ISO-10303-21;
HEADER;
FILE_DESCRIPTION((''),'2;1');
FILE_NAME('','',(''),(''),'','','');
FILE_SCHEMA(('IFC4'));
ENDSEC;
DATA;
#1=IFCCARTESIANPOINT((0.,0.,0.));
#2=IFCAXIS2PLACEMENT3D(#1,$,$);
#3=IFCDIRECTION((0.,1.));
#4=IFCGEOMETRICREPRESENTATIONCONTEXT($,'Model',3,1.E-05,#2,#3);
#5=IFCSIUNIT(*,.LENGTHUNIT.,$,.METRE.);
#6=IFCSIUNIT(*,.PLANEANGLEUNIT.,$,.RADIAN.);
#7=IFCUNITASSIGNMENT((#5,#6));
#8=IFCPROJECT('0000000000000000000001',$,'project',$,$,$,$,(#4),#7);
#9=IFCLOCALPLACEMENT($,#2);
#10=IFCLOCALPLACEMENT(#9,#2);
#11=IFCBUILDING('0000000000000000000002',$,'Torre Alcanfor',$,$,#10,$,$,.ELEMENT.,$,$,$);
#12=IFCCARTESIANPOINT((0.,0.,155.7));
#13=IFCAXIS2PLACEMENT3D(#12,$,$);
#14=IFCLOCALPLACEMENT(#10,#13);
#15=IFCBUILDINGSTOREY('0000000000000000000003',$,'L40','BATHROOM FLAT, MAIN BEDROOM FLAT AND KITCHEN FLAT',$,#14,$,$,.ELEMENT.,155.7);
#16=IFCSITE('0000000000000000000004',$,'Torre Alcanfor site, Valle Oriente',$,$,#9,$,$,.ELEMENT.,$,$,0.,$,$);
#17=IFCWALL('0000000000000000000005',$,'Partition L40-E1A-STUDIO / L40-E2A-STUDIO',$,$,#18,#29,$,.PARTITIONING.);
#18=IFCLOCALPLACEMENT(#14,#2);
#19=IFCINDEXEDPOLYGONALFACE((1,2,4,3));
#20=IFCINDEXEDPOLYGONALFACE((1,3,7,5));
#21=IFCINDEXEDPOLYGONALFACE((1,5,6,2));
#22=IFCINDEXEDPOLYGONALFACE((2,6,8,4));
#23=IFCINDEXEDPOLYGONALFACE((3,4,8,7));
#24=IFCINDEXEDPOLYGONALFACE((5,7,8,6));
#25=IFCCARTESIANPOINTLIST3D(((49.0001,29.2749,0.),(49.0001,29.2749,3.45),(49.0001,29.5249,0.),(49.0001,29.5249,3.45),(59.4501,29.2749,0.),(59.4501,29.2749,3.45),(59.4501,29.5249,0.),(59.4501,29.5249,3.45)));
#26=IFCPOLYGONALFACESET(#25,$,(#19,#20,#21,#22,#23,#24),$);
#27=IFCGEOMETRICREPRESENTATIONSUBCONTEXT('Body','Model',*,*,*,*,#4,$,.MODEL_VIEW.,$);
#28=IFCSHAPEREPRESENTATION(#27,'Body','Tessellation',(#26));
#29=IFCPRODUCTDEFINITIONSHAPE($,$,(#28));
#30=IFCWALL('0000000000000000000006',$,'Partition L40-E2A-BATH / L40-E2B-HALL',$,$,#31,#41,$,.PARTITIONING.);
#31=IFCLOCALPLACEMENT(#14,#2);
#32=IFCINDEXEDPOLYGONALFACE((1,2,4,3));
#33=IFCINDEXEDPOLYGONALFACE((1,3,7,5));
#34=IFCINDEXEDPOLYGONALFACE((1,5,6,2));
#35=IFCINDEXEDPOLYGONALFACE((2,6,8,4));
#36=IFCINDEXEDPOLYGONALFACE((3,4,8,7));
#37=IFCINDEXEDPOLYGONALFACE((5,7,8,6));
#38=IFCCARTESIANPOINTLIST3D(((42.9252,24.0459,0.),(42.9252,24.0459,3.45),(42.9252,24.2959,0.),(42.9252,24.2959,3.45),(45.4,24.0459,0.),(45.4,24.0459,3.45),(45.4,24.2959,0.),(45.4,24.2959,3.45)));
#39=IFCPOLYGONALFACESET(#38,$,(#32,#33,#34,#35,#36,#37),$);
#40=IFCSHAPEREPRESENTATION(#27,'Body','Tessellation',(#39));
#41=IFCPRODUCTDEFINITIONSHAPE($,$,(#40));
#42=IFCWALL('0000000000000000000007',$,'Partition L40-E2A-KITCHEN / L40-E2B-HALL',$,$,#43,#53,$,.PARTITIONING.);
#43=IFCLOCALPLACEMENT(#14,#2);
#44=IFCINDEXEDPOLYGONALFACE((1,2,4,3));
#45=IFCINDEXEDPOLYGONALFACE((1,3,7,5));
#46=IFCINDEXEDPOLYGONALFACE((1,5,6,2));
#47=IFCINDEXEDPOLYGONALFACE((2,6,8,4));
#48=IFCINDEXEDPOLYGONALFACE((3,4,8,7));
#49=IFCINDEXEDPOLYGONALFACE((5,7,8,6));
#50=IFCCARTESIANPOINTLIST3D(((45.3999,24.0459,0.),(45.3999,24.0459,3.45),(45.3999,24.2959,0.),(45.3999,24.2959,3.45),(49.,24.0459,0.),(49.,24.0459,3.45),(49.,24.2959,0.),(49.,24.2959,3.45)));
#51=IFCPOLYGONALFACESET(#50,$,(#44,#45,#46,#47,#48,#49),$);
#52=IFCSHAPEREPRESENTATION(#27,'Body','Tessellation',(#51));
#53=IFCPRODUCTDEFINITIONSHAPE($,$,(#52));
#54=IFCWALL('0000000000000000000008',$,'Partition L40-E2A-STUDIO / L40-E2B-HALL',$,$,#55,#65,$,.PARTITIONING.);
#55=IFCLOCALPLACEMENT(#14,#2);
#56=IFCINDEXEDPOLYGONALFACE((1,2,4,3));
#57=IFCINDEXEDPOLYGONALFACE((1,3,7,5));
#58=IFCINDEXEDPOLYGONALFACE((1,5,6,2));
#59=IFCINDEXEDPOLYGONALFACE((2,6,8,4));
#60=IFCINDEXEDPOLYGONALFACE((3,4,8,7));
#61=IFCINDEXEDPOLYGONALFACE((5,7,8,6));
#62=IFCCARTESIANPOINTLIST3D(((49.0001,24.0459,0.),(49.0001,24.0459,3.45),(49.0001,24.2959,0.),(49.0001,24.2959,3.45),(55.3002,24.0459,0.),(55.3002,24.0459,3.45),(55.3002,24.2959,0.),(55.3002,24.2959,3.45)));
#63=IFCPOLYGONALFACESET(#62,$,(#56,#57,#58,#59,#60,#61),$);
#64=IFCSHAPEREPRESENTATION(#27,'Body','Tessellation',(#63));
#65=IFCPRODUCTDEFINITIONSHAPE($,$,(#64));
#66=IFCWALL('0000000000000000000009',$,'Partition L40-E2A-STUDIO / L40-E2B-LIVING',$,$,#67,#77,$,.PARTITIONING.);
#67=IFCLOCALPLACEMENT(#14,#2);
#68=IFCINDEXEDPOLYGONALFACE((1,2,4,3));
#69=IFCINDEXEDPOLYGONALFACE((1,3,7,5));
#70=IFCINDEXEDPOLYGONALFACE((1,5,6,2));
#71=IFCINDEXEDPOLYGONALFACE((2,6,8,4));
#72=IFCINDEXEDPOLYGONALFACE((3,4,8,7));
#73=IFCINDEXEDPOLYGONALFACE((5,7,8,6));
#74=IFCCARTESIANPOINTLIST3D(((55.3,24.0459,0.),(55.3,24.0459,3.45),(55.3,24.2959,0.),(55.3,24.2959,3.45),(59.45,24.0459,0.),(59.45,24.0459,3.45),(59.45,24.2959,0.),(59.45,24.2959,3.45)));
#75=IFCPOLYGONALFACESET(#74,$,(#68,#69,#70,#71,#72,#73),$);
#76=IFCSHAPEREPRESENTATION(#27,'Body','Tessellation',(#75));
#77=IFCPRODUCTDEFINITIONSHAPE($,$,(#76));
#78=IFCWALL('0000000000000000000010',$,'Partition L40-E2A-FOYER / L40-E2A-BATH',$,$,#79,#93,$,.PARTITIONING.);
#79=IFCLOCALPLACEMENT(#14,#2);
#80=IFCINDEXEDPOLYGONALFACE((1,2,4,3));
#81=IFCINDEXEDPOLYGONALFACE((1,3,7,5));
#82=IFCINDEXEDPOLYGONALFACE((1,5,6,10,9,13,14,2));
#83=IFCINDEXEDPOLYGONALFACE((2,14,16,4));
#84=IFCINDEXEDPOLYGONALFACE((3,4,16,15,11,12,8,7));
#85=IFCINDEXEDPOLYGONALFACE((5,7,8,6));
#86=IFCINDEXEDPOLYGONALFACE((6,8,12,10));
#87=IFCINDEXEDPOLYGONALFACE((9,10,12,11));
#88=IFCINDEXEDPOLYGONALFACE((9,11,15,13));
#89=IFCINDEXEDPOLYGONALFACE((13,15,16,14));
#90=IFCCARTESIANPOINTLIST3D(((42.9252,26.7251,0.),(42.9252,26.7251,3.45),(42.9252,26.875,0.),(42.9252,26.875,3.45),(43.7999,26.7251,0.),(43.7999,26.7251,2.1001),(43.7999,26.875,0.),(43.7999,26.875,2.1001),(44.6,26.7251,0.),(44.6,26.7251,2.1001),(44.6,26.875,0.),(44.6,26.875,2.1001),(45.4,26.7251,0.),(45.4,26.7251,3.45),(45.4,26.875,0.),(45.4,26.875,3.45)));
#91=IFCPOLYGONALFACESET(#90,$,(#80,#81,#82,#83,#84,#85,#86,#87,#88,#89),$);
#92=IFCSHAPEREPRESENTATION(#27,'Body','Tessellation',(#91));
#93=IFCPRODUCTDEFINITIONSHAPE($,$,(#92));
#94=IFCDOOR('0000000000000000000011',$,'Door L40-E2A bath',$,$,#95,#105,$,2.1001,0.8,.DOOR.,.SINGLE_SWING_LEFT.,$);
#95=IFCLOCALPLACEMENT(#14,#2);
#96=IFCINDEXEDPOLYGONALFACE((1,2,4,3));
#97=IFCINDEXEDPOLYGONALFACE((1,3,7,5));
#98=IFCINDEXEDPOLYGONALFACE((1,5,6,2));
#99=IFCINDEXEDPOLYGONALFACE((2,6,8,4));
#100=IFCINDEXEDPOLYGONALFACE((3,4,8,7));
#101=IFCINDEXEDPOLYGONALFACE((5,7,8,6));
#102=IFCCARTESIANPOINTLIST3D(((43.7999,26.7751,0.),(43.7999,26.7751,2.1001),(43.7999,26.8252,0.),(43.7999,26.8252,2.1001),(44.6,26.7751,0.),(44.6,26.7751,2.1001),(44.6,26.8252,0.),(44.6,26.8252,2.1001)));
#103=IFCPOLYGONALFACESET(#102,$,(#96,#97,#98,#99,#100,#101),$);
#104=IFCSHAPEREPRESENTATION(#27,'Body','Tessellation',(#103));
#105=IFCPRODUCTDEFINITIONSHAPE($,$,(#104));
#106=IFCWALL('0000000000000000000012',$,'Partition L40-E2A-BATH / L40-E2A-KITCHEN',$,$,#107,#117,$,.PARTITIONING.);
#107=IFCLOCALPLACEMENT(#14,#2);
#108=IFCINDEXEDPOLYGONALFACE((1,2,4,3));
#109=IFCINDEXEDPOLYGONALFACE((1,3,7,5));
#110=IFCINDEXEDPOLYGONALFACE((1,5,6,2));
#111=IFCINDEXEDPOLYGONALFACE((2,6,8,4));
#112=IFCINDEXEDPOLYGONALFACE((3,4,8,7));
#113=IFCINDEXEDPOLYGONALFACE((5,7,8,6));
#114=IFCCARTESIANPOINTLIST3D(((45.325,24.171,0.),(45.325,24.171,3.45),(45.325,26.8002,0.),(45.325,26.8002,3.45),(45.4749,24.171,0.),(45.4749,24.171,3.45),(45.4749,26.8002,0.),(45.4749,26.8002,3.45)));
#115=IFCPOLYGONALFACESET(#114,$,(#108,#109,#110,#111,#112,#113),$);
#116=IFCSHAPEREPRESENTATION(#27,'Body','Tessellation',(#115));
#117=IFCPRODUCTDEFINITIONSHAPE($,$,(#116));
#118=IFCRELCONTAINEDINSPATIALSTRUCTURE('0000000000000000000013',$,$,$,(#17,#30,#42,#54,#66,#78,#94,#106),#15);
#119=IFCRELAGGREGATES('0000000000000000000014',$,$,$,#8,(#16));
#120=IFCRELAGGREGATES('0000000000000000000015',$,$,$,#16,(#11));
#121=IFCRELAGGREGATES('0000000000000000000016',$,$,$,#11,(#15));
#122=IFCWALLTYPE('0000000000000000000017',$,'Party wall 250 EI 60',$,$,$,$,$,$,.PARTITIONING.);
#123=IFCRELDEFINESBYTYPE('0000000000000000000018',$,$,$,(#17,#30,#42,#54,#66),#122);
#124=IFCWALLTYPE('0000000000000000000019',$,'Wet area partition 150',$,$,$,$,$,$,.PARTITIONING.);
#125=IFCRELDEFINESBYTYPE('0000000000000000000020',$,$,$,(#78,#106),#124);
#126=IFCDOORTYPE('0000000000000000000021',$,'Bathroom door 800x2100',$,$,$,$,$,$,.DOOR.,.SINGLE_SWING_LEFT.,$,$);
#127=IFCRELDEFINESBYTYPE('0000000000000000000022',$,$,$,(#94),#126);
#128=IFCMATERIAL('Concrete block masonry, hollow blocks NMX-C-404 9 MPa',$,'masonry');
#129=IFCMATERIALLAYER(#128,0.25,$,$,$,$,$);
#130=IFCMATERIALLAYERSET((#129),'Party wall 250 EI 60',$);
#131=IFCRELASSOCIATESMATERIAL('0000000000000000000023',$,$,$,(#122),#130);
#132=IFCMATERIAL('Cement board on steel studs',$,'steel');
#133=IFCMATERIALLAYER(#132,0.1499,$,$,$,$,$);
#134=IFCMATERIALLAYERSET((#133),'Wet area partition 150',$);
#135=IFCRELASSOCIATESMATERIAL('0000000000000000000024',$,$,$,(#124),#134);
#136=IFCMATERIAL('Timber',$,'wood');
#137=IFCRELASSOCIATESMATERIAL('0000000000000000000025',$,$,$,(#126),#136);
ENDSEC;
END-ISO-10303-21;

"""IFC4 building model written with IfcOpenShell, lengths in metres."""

from ifc_helpers import new_model, si_unit, direction, frame, frame_2d, origin, place, context, subcontext, project, spatial, rectangle, extrude, material, layer, layer_set, type_object, element, fill, save


model = new_model("IFC4")

# Units and contexts
model_context = context("Model", 3, precision=1e-05, world=origin(), true_north=direction((0.0, 1.0)))
body_context = subcontext(model_context, "Body", "Model", "MODEL_VIEW")
ifc_project = project(units=[si_unit("LENGTHUNIT", "METRE"), si_unit("PLANEANGLEUNIT", "RADIAN")], contexts=[model_context])

# Site, building, storey
site_placement = place(None, origin())
site = spatial("IfcSite", under=ifc_project, at=site_placement, Name="Torre Alcanfor site, Valle Oriente", CompositionType="ELEMENT", RefElevation=0.0)
building_placement = place(site_placement, origin())
building = spatial("IfcBuilding", under=site, at=building_placement, Name="Torre Alcanfor", CompositionType="ELEMENT")
storey_placement = place(building_placement, frame((0.0, 0.0, 155.7)))
storey = spatial("IfcBuildingStorey", under=building, at=storey_placement, Name="L40", Description="BATHROOM FLAT, MAIN BEDROOM FLAT AND KITCHEN FLAT", CompositionType="ELEMENT", Elevation=155.7)

# Walls
ifc_material_1 = material(Name="Concrete block masonry, hollow blocks NMX-C-404 9 MPa", Category="masonry")
ifc_layer_1 = layer(ifc_material_1, 0.25)
ifc_layer_set_1 = layer_set([ifc_layer_1], Name="Party wall 250 EI 60")
wall_type_1 = type_object("IfcWallType", Name="Party wall 250 EI 60", PredefinedType="PARTITIONING", material=ifc_layer_set_1)
wall_1_placement = place(storey_placement, frame((49.0, 29.3999, 0.0), z_axis=(0.0, 0.0, 1.0), x_axis=(1.0, 0.0, 0.0)))
element("IfcWall", 1, at=wall_1_placement, inside=storey, type_object=wall_type_1, Name="Partition L40-E1A-STUDIO / L40-E2A-STUDIO", PredefinedType="PARTITIONING", context=body_context, shape_type="SweptSolid", body=[
    extrude(rectangle(XDim=10.45, YDim=0.25, at=frame_2d((5.2251, 0.0))), origin(), (0.0, 0.0, 1.0), 3.45),
])
wall_2_placement = place(storey_placement, frame((45.3999, 24.1709, 0.0), z_axis=(0.0, 0.0, 1.0), x_axis=(-1.0, 0.0, 0.0)))
element("IfcWall", 2, at=wall_2_placement, inside=storey, type_object=wall_type_1, Name="Partition L40-E2A-BATH / L40-E2B-HALL", PredefinedType="PARTITIONING", context=body_context, shape_type="SweptSolid", body=[
    extrude(rectangle(XDim=2.4749, YDim=0.25, at=frame_2d((1.2373, 0.0))), origin(), (0.0, 0.0, 1.0), 3.45),
])
wall_3_placement = place(storey_placement, frame((49.0, 24.1709, 0.0), z_axis=(0.0, 0.0, 1.0), x_axis=(-1.0, 0.0, 0.0)))
element("IfcWall", 3, at=wall_3_placement, inside=storey, type_object=wall_type_1, Name="Partition L40-E2A-KITCHEN / L40-E2B-HALL", PredefinedType="PARTITIONING", context=body_context, shape_type="SweptSolid", body=[
    extrude(rectangle(XDim=3.6001, YDim=0.25, at=frame_2d((1.8, 0.0))), origin(), (0.0, 0.0, 1.0), 3.45),
])
wall_4_placement = place(storey_placement, frame((55.3, 24.1709, 0.0), z_axis=(0.0, 0.0, 1.0), x_axis=(-1.0, 0.0, 0.0)))
element("IfcWall", 4, at=wall_4_placement, inside=storey, type_object=wall_type_1, Name="Partition L40-E2A-STUDIO / L40-E2B-HALL", PredefinedType="PARTITIONING", context=body_context, shape_type="SweptSolid", body=[
    extrude(rectangle(XDim=6.3, YDim=0.25, at=frame_2d((3.1499, 0.0))), origin(), (0.0, 0.0, 1.0), 3.45),
])
wall_5_placement = place(storey_placement, frame((59.45, 24.1709, 0.0), z_axis=(0.0, 0.0, 1.0), x_axis=(-1.0, 0.0, 0.0)))
element("IfcWall", 5, at=wall_5_placement, inside=storey, type_object=wall_type_1, Name="Partition L40-E2A-STUDIO / L40-E2B-LIVING", PredefinedType="PARTITIONING", context=body_context, shape_type="SweptSolid", body=[
    extrude(rectangle(XDim=4.1499, YDim=0.25, at=frame_2d((2.075, 0.0))), origin(), (0.0, 0.0, 1.0), 3.45),
])

# Wall, opening, door
ifc_material_2 = material(Name="Cement board on steel studs", Category="steel")
ifc_layer_2 = layer(ifc_material_2, 0.1499)
ifc_layer_set_2 = layer_set([ifc_layer_2], Name="Wet area partition 150")
wall_type_2 = type_object("IfcWallType", Name="Wet area partition 150", PredefinedType="PARTITIONING", material=ifc_layer_set_2)
wall_6_placement = place(storey_placement, frame((45.3999, 26.8, 0.0), z_axis=(0.0, 0.0, 1.0), x_axis=(-1.0, 0.0, 0.0)))
wall_6 = element("IfcWall", 6, at=wall_6_placement, inside=storey, type_object=wall_type_2, Name="Partition L40-E2A-FOYER / L40-E2A-BATH", PredefinedType="PARTITIONING", context=body_context, shape_type="SweptSolid", body=[
    extrude(rectangle(XDim=2.4749, YDim=0.1499, at=frame_2d((1.2373, 0.0))), origin(), (0.0, 0.0, 1.0), 3.45),
])
opening_1_placement = place(wall_6_placement, frame((0.8, 0.0, 0.0)))
opening_1 = element("IfcOpeningElement", 7, at=opening_1_placement, cuts=wall_6, PredefinedType="OPENING", context=body_context, shape_type="SweptSolid", body=[
    extrude(rectangle(XDim=0.8, YDim=2.1001, at=frame_2d((0.3999, 1.05))), frame((0.0, 0.085, 0.0), z_axis=(0.0, -1.0, 0.0), x_axis=(1.0, 0.0, 0.0)), (0.0, 0.0, 1.0), 0.1699),
])
ifc_material_3 = material(Name="Timber", Category="wood")
door_type_1 = type_object("IfcDoorType", Name="Bathroom door 800x2100", OperationType="SINGLE_SWING_LEFT", PredefinedType="DOOR", material=ifc_material_3)
door_1_placement = place(opening_1_placement, origin())
door_1 = element("IfcDoor", 8, at=door_1_placement, inside=storey, type_object=door_type_1, Name="Door L40-E2A bath", OperationType="SINGLE_SWING_LEFT", OverallHeight=2.1001, OverallWidth=0.8, PredefinedType="DOOR", context=body_context, shape_type="SweptSolid", body=[
    extrude(rectangle(XDim=0.8, YDim=2.1001, at=frame_2d((0.3999, 1.05))), frame((0.0, 0.0249, 0.0), z_axis=(0.0, -1.0, 0.0), x_axis=(1.0, 0.0, 0.0)), (0.0, 0.0, 1.0), 0.05),
])
fill(opening_1, door_1)

# Wall
wall_7_placement = place(storey_placement, frame((45.3999, 26.8, 0.0), z_axis=(0.0, 0.0, 1.0), x_axis=(0.0, -1.0, 0.0)))
element("IfcWall", 9, at=wall_7_placement, inside=storey, type_object=wall_type_2, Name="Partition L40-E2A-BATH / L40-E2A-KITCHEN", PredefinedType="PARTITIONING", context=body_context, shape_type="SweptSolid", body=[
    extrude(rectangle(XDim=2.6292, YDim=0.1499, at=frame_2d((1.3145, 0.0))), origin(), (0.0, 0.0, 1.0), 3.45),
])

save(model, "model.ifc")
